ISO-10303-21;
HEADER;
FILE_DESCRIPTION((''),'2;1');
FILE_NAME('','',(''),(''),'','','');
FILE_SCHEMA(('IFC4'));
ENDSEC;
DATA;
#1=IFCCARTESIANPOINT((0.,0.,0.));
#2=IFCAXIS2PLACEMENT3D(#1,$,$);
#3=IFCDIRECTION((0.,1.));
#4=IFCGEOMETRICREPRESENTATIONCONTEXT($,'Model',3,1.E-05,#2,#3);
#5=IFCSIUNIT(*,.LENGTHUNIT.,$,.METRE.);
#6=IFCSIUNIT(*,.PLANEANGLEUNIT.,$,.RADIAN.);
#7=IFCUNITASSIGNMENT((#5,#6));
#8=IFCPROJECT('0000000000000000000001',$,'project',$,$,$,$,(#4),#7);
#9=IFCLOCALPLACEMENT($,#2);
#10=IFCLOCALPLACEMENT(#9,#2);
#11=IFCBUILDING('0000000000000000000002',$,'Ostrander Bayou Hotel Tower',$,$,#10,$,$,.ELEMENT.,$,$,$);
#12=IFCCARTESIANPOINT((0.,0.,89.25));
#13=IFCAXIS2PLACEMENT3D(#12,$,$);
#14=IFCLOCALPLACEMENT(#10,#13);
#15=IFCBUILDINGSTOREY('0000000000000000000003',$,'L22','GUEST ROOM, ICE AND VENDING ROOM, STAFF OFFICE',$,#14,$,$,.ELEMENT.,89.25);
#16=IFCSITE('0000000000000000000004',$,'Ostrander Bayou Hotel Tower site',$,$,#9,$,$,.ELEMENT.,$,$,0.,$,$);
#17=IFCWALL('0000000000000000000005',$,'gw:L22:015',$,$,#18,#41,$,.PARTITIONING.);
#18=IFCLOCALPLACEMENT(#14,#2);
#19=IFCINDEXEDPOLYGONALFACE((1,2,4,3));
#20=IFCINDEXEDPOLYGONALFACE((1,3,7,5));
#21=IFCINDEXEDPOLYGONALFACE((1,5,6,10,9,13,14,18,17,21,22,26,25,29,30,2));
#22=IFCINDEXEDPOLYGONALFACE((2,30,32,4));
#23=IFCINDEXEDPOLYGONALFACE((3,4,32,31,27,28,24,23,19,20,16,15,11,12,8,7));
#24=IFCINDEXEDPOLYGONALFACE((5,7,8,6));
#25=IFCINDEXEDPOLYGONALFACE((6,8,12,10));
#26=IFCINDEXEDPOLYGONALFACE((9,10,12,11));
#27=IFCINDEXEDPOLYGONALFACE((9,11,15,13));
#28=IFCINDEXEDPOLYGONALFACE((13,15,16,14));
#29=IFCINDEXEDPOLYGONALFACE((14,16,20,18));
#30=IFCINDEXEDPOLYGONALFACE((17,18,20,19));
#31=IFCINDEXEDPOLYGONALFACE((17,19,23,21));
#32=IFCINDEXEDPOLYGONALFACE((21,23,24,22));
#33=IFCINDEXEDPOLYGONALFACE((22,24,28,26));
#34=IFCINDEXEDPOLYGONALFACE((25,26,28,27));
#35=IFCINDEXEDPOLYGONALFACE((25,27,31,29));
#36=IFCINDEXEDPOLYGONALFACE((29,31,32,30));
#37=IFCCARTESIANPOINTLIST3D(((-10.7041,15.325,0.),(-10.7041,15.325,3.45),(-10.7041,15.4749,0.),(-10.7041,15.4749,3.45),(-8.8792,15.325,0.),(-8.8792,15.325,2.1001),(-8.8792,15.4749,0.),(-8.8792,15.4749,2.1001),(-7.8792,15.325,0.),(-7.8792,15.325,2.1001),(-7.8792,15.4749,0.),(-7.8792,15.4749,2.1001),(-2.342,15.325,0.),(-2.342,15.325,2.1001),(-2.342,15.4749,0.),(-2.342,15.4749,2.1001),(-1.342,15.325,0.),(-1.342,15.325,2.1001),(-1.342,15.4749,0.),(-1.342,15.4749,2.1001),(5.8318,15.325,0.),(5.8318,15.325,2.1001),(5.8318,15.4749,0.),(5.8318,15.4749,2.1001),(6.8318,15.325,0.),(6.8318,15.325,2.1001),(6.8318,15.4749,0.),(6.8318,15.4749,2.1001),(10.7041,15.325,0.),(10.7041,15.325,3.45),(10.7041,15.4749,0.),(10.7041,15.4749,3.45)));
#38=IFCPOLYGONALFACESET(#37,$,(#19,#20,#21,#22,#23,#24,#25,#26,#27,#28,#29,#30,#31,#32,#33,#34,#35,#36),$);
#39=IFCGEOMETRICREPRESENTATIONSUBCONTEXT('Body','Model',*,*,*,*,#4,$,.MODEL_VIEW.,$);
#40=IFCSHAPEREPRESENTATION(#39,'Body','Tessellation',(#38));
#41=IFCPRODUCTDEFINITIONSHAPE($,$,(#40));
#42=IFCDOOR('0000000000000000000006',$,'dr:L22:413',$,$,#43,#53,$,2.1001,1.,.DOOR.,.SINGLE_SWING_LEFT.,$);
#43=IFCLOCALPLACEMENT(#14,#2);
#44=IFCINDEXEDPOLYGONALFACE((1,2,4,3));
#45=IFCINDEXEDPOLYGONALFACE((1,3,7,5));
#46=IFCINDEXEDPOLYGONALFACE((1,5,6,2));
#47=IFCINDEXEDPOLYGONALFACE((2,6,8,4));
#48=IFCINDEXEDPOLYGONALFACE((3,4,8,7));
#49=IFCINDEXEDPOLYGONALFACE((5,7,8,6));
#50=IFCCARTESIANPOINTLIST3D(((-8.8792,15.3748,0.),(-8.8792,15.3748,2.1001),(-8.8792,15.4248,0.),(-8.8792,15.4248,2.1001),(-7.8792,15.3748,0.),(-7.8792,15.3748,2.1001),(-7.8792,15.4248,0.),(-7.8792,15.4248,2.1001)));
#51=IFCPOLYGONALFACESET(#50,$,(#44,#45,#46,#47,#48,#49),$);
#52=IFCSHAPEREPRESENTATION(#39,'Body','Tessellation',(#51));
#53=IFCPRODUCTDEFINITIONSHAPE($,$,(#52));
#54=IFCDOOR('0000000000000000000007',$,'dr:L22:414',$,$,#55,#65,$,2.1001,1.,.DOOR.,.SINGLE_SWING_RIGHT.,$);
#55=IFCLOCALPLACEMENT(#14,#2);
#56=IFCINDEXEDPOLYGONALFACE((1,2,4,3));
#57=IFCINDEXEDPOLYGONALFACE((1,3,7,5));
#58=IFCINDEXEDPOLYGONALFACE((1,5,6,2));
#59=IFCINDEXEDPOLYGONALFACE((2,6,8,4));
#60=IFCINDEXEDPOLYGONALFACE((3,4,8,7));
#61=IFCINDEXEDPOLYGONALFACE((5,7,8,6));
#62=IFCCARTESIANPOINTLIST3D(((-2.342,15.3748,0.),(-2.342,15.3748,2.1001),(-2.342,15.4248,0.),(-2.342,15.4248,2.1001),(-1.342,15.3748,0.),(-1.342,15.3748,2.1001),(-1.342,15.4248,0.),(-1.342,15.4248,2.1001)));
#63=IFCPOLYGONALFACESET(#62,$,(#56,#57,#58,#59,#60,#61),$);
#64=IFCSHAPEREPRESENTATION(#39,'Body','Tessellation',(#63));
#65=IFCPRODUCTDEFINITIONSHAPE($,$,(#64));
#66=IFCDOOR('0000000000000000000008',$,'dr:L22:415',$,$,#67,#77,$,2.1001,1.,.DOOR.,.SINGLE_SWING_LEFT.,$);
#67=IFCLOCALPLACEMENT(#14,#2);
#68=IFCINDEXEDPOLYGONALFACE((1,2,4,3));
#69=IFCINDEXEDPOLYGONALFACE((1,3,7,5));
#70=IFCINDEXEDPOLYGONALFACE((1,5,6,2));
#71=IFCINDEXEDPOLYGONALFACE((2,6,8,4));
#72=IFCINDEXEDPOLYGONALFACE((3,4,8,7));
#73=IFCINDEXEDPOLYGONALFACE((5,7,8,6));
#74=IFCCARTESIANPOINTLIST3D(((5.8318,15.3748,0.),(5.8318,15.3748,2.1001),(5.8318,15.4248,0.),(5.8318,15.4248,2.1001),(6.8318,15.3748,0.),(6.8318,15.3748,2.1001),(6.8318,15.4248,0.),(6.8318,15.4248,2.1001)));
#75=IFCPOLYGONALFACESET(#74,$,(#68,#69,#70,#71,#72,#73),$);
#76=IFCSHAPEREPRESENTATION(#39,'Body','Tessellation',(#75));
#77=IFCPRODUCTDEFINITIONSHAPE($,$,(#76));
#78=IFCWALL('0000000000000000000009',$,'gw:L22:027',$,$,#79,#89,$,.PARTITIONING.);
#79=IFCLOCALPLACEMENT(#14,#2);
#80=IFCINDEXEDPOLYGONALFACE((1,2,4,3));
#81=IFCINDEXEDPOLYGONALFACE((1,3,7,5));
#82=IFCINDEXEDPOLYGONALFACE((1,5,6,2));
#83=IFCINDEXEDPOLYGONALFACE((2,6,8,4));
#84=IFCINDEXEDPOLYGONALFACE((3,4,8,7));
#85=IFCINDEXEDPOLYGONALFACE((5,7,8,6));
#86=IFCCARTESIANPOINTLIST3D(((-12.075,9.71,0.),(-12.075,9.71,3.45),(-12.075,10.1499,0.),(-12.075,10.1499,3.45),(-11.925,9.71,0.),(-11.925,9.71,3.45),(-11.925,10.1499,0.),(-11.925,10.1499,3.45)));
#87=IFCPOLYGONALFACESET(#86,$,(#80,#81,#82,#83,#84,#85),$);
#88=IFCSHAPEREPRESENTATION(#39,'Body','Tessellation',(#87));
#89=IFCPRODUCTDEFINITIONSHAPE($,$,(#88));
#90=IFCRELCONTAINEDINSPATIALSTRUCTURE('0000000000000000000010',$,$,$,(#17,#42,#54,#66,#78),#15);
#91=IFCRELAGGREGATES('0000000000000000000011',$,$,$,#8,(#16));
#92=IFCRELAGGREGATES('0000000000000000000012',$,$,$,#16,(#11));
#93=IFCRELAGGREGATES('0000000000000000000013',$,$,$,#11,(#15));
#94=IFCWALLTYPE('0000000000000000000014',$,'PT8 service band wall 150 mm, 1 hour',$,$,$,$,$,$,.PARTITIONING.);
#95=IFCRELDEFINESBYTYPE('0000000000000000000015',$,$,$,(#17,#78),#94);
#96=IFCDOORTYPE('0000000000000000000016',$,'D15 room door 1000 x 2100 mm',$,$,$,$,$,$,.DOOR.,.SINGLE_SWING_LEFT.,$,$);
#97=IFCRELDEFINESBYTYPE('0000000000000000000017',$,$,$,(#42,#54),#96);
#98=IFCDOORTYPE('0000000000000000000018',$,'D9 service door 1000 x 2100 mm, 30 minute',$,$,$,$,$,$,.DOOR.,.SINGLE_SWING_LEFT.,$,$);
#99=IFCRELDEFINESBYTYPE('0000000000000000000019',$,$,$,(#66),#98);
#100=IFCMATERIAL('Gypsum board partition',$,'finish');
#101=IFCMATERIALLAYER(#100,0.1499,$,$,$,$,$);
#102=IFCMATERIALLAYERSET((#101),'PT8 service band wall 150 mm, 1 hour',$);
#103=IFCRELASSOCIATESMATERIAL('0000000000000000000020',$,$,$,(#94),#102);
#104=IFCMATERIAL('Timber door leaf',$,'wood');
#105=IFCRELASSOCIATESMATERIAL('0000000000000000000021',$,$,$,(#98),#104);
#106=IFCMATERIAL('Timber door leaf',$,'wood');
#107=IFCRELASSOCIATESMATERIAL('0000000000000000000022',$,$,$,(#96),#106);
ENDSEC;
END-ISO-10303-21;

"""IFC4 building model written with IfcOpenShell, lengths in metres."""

from ifc_helpers import new_model, si_unit, direction, frame, frame_2d, origin, place, context, subcontext, project, spatial, rectangle, extrude, material, layer, layer_set, type_object, element, fill, save


model = new_model("IFC4")

# Units and contexts
model_context = context("Model", 3, precision=1e-05, world=origin(), true_north=direction((0.0, 1.0)))
body_context = subcontext(model_context, "Body", "Model", "MODEL_VIEW")
ifc_project = project(units=[si_unit("LENGTHUNIT", "METRE"), si_unit("PLANEANGLEUNIT", "RADIAN")], contexts=[model_context])

# Site, building, storey
site_placement = place(None, origin())
site = spatial("IfcSite", under=ifc_project, at=site_placement, Name="Ostrander Bayou Hotel Tower site", CompositionType="ELEMENT", RefElevation=0.0)
building_placement = place(site_placement, origin())
building = spatial("IfcBuilding", under=site, at=building_placement, Name="Ostrander Bayou Hotel Tower", CompositionType="ELEMENT")
storey_placement = place(building_placement, frame((0.0, 0.0, 89.25)))
storey = spatial("IfcBuildingStorey", under=building, at=storey_placement, Name="L22", Description="GUEST ROOM, ICE AND VENDING ROOM, STAFF OFFICE", CompositionType="ELEMENT", Elevation=89.25)

# Shared definitions
ifc_material_1 = material(Name="Gypsum board partition", Category="finish")
ifc_layer_1 = layer(ifc_material_1, 0.1499)
ifc_layer_set_1 = layer_set([ifc_layer_1], Name="PT8 service band wall 150 mm, 1 hour")
wall_type_1 = type_object("IfcWallType", Name="PT8 service band wall 150 mm, 1 hour", PredefinedType="PARTITIONING", material=ifc_layer_set_1)

# Shared definitions
ifc_material_2 = material(Name="Timber door leaf", Category="wood")
door_type_1 = type_object("IfcDoorType", Name="D9 service door 1000 x 2100 mm, 30 minute", OperationType="SINGLE_SWING_LEFT", PredefinedType="DOOR", material=ifc_material_2)

# Wall, openings, doors
wall_1_placement = place(storey_placement, frame((-10.7041, 15.3999, 0.0), z_axis=(0.0, 0.0, 1.0), x_axis=(1.0, 0.0, 0.0)))
wall_1 = element("IfcWall", 1, at=wall_1_placement, inside=storey, type_object=wall_type_1, Name="gw:L22:015", PredefinedType="PARTITIONING", context=body_context, shape_type="SweptSolid", body=[
    extrude(rectangle(XDim=21.4082, YDim=0.1499, at=frame_2d((10.7041, 0.0))), origin(), (0.0, 0.0, 1.0), 3.45),
])
opening_1_placement = place(wall_1_placement, frame((1.825, 0.0, 0.0)))
opening_1 = element("IfcOpeningElement", 2, at=opening_1_placement, cuts=wall_1, PredefinedType="OPENING", context=body_context, shape_type="SweptSolid", body=[
    extrude(rectangle(XDim=1.0, YDim=2.1001, at=frame_2d((0.5, 1.05))), frame((0.0, 0.075, 0.0), z_axis=(0.0, -1.0, 0.0), x_axis=(1.0, 0.0, 0.0)), (0.0, 0.0, 1.0), 0.1499),
])
opening_2_placement = place(wall_1_placement, frame((8.3621, 0.0, 0.0)))
opening_2 = element("IfcOpeningElement", 3, at=opening_2_placement, cuts=wall_1, PredefinedType="OPENING", context=body_context, shape_type="SweptSolid", body=[
    extrude(rectangle(XDim=1.0, YDim=2.1001, at=frame_2d((0.5, 1.05))), frame((0.0, 0.075, 0.0), z_axis=(0.0, -1.0, 0.0), x_axis=(1.0, 0.0, 0.0)), (0.0, 0.0, 1.0), 0.1499),
])
opening_3_placement = place(wall_1_placement, frame((16.5359, 0.0, 0.0)))
opening_3 = element("IfcOpeningElement", 4, at=opening_3_placement, cuts=wall_1, PredefinedType="OPENING", context=body_context, shape_type="SweptSolid", body=[
    extrude(rectangle(XDim=1.0, YDim=2.1001, at=frame_2d((0.5, 1.05))), frame((0.0, 0.075, 0.0), z_axis=(0.0, -1.0, 0.0), x_axis=(1.0, 0.0, 0.0)), (0.0, 0.0, 1.0), 0.1499),
])
ifc_material_3 = material(Name="Timber door leaf", Category="wood")
door_type_2 = type_object("IfcDoorType", Name="D15 room door 1000 x 2100 mm", OperationType="SINGLE_SWING_LEFT", PredefinedType="DOOR", material=ifc_material_3)
door_1_placement = place(opening_1_placement, origin())
door_1 = element("IfcDoor", 5, at=door_1_placement, inside=storey, type_object=door_type_2, Name="dr:L22:413", OperationType="SINGLE_SWING_LEFT", OverallHeight=2.1001, OverallWidth=1.0, PredefinedType="DOOR", context=body_context, shape_type="SweptSolid", body=[
    extrude(rectangle(XDim=1.0, YDim=2.1001, at=frame_2d((0.5, 1.05))), frame((0.0, 0.0249, 0.0), z_axis=(0.0, -1.0, 0.0), x_axis=(1.0, 0.0, 0.0)), (0.0, 0.0, 1.0), 0.05),
])
fill(opening_1, door_1)
door_2_placement = place(opening_2_placement, origin())
door_2 = element("IfcDoor", 6, at=door_2_placement, inside=storey, type_object=door_type_2, Name="dr:L22:414", OperationType="SINGLE_SWING_RIGHT", OverallHeight=2.1001, OverallWidth=1.0, PredefinedType="DOOR", context=body_context, shape_type="SweptSolid", body=[
    extrude(rectangle(XDim=1.0, YDim=2.1001, at=frame_2d((0.5, 1.05))), frame((0.0, 0.0249, 0.0), z_axis=(0.0, -1.0, 0.0), x_axis=(1.0, 0.0, 0.0)), (0.0, 0.0, 1.0), 0.05),
])
fill(opening_2, door_2)
door_3_placement = place(opening_3_placement, origin())
door_3 = element("IfcDoor", 7, at=door_3_placement, inside=storey, type_object=door_type_1, Name="dr:L22:415", OperationType="SINGLE_SWING_LEFT", OverallHeight=2.1001, OverallWidth=1.0, PredefinedType="DOOR", context=body_context, shape_type="SweptSolid", body=[
    extrude(rectangle(XDim=1.0, YDim=2.1001, at=frame_2d((0.5, 1.05))), frame((0.0, 0.0249, 0.0), z_axis=(0.0, -1.0, 0.0), x_axis=(1.0, 0.0, 0.0)), (0.0, 0.0, 1.0), 0.05),
])
fill(opening_3, door_3)

# Wall
wall_2_placement = place(storey_placement, frame((-12.0, 9.71, 0.0), z_axis=(0.0, 0.0, 1.0), x_axis=(0.0, 1.0, 0.0)))
element("IfcWall", 8, at=wall_2_placement, inside=storey, type_object=wall_type_1, Name="gw:L22:027", PredefinedType="PARTITIONING", context=body_context, shape_type="SweptSolid", body=[
    extrude(rectangle(XDim=0.4399, YDim=0.1499, at=frame_2d((0.22, 0.0))), origin(), (0.0, 0.0, 1.0), 3.45),
])

save(model, "model.ifc")
